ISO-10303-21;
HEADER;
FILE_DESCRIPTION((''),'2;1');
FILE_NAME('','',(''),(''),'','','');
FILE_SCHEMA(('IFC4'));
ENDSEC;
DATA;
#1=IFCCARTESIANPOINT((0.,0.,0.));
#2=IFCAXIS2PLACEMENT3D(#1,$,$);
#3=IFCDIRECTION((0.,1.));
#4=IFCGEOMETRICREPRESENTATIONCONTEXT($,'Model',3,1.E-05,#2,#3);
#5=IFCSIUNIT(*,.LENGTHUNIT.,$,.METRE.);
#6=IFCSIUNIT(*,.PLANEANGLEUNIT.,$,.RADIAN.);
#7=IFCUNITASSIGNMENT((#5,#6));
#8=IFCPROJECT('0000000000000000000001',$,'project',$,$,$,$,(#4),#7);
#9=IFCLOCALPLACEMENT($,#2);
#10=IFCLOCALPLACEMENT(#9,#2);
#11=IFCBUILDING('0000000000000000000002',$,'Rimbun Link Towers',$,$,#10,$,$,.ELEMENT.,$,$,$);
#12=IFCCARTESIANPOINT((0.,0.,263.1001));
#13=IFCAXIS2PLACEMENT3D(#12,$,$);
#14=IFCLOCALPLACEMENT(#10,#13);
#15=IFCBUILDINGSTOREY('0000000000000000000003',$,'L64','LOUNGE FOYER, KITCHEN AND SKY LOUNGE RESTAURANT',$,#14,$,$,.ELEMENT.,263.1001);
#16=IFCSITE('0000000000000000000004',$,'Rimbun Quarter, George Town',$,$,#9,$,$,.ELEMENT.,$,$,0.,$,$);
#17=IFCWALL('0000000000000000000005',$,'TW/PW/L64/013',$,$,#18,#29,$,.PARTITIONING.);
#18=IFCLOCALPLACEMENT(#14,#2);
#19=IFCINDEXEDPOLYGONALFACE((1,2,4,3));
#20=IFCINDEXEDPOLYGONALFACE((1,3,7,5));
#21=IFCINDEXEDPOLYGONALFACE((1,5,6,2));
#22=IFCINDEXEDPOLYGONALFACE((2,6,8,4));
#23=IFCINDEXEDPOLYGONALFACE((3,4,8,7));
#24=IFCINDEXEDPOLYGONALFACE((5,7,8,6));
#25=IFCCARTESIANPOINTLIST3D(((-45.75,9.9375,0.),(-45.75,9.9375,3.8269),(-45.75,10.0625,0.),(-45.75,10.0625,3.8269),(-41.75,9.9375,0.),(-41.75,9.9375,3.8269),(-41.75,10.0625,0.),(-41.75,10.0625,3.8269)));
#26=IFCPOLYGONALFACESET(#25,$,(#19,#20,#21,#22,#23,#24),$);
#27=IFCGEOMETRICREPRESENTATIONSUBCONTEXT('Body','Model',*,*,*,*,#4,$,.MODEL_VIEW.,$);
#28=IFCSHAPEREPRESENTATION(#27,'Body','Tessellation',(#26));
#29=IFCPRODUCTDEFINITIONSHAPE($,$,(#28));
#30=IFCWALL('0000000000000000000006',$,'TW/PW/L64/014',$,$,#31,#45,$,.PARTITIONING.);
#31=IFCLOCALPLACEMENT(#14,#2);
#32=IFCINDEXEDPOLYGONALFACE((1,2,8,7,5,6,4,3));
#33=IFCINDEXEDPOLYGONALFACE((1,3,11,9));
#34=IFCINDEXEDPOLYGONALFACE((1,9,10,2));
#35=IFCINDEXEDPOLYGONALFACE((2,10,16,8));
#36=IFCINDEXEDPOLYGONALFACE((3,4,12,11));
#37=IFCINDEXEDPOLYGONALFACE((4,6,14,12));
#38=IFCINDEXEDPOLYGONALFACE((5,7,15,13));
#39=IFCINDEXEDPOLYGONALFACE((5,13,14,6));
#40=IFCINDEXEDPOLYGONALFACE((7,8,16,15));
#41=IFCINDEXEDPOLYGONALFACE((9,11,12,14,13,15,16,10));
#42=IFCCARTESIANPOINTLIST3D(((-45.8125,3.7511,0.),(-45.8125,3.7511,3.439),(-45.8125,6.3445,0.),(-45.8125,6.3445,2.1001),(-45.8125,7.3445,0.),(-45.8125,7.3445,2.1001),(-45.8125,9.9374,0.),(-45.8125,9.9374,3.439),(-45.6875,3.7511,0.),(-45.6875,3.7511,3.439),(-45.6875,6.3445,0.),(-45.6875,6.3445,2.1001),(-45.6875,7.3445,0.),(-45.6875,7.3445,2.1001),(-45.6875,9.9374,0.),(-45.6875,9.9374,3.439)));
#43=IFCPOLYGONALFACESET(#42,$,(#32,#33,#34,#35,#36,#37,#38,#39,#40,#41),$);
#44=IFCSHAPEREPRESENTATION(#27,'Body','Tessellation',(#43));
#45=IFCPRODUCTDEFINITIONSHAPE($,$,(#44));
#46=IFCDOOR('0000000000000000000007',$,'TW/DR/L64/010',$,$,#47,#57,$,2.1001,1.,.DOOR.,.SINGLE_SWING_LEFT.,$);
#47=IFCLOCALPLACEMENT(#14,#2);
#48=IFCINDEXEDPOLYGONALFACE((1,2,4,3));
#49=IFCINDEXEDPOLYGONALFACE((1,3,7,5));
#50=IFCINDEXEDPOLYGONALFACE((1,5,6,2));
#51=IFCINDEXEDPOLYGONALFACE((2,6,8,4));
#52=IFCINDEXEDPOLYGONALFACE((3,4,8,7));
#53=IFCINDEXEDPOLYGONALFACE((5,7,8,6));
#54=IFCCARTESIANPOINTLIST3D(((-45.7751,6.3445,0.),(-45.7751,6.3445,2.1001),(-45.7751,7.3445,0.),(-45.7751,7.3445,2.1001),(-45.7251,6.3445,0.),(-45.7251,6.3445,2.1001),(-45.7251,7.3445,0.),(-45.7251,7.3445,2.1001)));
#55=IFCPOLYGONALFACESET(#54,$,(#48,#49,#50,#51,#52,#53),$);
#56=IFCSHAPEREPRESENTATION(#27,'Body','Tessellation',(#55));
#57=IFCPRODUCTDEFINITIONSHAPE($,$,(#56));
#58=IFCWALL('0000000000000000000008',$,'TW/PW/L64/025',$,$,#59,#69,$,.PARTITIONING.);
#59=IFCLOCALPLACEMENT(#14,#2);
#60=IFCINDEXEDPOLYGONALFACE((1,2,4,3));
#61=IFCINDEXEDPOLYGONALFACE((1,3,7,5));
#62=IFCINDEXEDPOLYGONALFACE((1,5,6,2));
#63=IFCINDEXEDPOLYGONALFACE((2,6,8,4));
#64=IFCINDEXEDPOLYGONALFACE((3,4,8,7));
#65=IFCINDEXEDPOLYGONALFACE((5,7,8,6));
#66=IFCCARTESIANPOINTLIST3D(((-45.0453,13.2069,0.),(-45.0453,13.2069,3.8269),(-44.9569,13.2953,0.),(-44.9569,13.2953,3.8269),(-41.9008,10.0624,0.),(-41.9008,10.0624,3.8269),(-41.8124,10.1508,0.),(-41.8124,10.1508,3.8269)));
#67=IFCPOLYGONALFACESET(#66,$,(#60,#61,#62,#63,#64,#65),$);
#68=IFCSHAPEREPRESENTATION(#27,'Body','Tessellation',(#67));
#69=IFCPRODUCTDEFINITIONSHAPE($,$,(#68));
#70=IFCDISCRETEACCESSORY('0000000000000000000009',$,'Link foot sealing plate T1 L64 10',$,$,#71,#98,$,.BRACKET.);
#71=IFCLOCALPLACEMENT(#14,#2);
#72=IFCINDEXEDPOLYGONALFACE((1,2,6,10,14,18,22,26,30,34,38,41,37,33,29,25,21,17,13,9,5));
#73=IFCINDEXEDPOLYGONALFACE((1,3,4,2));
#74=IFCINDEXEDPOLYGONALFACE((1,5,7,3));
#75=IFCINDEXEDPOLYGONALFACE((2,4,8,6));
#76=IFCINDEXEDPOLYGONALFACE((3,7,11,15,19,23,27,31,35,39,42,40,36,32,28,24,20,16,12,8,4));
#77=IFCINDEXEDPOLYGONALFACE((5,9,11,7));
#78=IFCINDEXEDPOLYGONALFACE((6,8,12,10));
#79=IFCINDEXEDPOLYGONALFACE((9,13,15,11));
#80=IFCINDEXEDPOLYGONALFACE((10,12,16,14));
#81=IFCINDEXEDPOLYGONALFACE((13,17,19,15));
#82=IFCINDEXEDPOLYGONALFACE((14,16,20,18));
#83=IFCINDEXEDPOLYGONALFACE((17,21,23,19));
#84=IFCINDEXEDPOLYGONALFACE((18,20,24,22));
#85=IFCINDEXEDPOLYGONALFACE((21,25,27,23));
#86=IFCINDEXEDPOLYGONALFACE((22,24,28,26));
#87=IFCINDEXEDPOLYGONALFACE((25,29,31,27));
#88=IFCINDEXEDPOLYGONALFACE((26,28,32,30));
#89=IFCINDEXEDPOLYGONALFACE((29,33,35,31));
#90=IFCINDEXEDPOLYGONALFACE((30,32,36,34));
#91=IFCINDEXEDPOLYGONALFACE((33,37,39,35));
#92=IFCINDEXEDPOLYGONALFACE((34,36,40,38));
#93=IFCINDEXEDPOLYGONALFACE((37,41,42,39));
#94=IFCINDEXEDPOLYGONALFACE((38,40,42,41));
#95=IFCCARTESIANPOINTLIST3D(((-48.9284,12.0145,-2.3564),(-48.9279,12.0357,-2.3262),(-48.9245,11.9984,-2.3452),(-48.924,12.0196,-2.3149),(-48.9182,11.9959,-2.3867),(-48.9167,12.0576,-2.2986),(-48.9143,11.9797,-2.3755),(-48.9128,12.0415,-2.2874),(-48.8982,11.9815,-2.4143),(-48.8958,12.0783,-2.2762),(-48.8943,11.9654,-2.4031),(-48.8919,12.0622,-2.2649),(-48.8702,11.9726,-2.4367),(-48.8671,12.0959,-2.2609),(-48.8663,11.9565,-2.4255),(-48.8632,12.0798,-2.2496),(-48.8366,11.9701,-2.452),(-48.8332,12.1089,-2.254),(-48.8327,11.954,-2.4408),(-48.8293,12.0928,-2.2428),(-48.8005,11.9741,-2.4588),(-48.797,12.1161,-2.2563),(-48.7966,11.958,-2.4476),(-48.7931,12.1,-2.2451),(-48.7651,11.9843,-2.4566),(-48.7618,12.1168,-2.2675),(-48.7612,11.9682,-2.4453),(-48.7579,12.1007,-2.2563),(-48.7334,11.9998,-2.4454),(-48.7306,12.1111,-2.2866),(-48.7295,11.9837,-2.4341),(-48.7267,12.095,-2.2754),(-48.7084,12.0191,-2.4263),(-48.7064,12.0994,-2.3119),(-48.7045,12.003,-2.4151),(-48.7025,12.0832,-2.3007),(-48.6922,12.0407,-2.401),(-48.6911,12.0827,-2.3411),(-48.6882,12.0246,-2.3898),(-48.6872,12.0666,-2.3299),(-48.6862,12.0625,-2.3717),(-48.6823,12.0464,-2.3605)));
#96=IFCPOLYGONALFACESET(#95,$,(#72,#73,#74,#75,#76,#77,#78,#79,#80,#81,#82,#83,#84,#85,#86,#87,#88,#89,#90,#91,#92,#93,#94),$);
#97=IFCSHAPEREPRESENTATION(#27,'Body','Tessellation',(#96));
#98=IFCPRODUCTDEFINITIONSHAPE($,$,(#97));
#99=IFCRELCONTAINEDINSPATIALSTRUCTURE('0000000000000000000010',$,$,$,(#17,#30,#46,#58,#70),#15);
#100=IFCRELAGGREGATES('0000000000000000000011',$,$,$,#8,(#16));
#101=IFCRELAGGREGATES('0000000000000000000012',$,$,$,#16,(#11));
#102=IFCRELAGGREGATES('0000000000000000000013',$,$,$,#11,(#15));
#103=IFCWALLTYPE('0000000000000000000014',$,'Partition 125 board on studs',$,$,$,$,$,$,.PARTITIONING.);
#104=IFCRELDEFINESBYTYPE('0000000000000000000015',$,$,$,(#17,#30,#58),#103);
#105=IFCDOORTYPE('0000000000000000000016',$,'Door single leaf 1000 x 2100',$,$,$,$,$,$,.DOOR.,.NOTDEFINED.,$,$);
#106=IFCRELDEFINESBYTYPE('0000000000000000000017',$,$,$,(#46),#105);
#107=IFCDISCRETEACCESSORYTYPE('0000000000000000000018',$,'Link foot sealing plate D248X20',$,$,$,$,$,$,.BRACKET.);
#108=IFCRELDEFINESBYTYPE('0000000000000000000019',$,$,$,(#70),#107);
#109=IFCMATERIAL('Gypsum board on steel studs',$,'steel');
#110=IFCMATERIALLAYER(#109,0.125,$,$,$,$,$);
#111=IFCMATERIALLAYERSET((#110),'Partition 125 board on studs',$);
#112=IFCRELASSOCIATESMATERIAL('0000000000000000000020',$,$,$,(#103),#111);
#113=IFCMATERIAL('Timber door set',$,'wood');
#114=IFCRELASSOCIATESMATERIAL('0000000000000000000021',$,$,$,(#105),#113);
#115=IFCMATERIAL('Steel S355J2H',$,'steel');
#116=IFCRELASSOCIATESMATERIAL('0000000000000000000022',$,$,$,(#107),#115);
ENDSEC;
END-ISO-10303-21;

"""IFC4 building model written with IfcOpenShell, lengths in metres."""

from ifc_helpers import new_model, si_unit, direction, frame, frame_2d, origin, origin_2d, place, context, subcontext, project, spatial, rectangle, circle, extrude, material, layer, layer_set, material_profile, profile_set, type_object, element, fill, save


model = new_model("IFC4")

# Units and contexts
model_context = context("Model", 3, precision=1e-05, world=origin(), true_north=direction((0.0, 1.0)))
body_context = subcontext(model_context, "Body", "Model", "MODEL_VIEW")
ifc_project = project(units=[si_unit("LENGTHUNIT", "METRE"), si_unit("PLANEANGLEUNIT", "RADIAN")], contexts=[model_context])

# Site, building, storey
site_placement = place(None, origin())
site = spatial("IfcSite", under=ifc_project, at=site_placement, Name="Rimbun Quarter, George Town", CompositionType="ELEMENT", RefElevation=0.0)
building_placement = place(site_placement, origin())
building = spatial("IfcBuilding", under=site, at=building_placement, Name="Rimbun Link Towers", CompositionType="ELEMENT")
storey_placement = place(building_placement, frame((0.0, 0.0, 263.1001)))
storey = spatial("IfcBuildingStorey", under=building, at=storey_placement, Name="L64", Description="LOUNGE FOYER, KITCHEN AND SKY LOUNGE RESTAURANT", CompositionType="ELEMENT", Elevation=263.1001)

# Wall
ifc_material_1 = material(Name="Gypsum board on steel studs", Category="steel")
ifc_layer_1 = layer(ifc_material_1, 0.125)
ifc_layer_set_1 = layer_set([ifc_layer_1], Name="Partition 125 board on studs")
wall_type_1 = type_object("IfcWallType", Name="Partition 125 board on studs", PredefinedType="PARTITIONING", material=ifc_layer_set_1)
wall_1_placement = place(storey_placement, frame((-41.75, 10.0, 0.0), z_axis=(0.0, 0.0, 1.0), x_axis=(-1.0, 0.0, 0.0)))
element("IfcWall", 1, at=wall_1_placement, inside=storey, type_object=wall_type_1, Name="TW/PW/L64/013", PredefinedType="PARTITIONING", context=body_context, shape_type="SweptSolid", body=[
    extrude(rectangle(XDim=4.0, YDim=0.125, at=frame_2d((2.0, 0.0))), origin(), (0.0, 0.0, 1.0), 3.8269),
])

# Wall, opening, door
wall_2_placement = place(storey_placement, frame((-45.75, 9.9375, 0.0), z_axis=(0.0, 0.0, 1.0), x_axis=(0.0, -1.0, 0.0)))
wall_2 = element("IfcWall", 2, at=wall_2_placement, inside=storey, type_object=wall_type_1, Name="TW/PW/L64/014", PredefinedType="PARTITIONING", context=body_context, shape_type="SweptSolid", body=[
    extrude(rectangle(XDim=6.1863, YDim=0.125, at=frame_2d((3.0933, 0.0))), origin(), (0.0, 0.0, 1.0), 3.439),
])
opening_1_placement = place(wall_2_placement, frame((2.593, 0.0, 0.0)))
opening_1 = element("IfcOpeningElement", 3, at=opening_1_placement, cuts=wall_2, PredefinedType="OPENING", context=body_context, shape_type="SweptSolid", body=[
    extrude(rectangle(XDim=1.0, YDim=2.1001, at=frame_2d((0.5, 1.05))), frame((0.0, 0.0725, 0.0), z_axis=(0.0, -1.0, 0.0), x_axis=(1.0, 0.0, 0.0)), (0.0, 0.0, 1.0), 0.145),
])
ifc_material_2 = material(Name="Timber door set", Category="wood")
door_type_1 = type_object("IfcDoorType", Name="Door single leaf 1000 x 2100", OperationType="NOTDEFINED", PredefinedType="DOOR", material=ifc_material_2)
door_1_placement = place(opening_1_placement, origin())
door_1 = element("IfcDoor", 4, at=door_1_placement, inside=storey, type_object=door_type_1, Name="TW/DR/L64/010", OperationType="SINGLE_SWING_LEFT", OverallHeight=2.1001, OverallWidth=1.0, PredefinedType="DOOR", context=body_context, shape_type="SweptSolid", body=[
    extrude(rectangle(XDim=1.0, YDim=2.1001, at=frame_2d((0.5, 1.05))), frame((0.0, 0.0249, 0.0), z_axis=(0.0, -1.0, 0.0), x_axis=(1.0, 0.0, 0.0)), (0.0, 0.0, 1.0), 0.05),
])
fill(opening_1, door_1)

# Wall
wall_3_placement = place(storey_placement, frame((-45.0012, 13.2512, 0.0), z_axis=(0.0, 0.0, 1.0), x_axis=(0.707107, -0.707107, 0.0)))
element("IfcWall", 5, at=wall_3_placement, inside=storey, type_object=wall_type_1, Name="TW/PW/L64/025", PredefinedType="PARTITIONING", context=body_context, shape_type="SweptSolid", body=[
    extrude(rectangle(XDim=4.447, YDim=0.125, at=frame_2d((2.2236, 0.0))), origin(), (0.0, 0.0, 1.0), 3.8269),
])

# Discrete accessory
ifc_material_3 = material(Name="Steel S355J2H", Category="steel")
ifc_material_profile_1 = material_profile(ifc_material_3, circle(Radius=0.124, at=origin_2d()), Name="PL D248")
ifc_profile_set_1 = profile_set([ifc_material_profile_1], Name="Steel S355J2H")
discrete_accessory_type = type_object("IfcDiscreteAccessoryType", Name="Link foot sealing plate D248X20", PredefinedType="BRACKET", material=ifc_profile_set_1)
discrete_accessory_placement = place(storey_placement, frame((-48.804, 12.0276, -2.3452), z_axis=(-0.195064, 0.804639, -0.560809), x_axis=(-0.97185, -0.2356, 0.0)))
element("IfcDiscreteAccessory", 6, at=discrete_accessory_placement, inside=storey, type_object=discrete_accessory_type, Name="Link foot sealing plate T1 L64 10", PredefinedType="BRACKET", context=body_context, shape_type="SweptSolid", body=[
    extrude(circle(Radius=0.124, at=origin_2d()), origin(), (0.0, 0.0, 1.0), 0.02),
])

save(model, "model.ifc")
